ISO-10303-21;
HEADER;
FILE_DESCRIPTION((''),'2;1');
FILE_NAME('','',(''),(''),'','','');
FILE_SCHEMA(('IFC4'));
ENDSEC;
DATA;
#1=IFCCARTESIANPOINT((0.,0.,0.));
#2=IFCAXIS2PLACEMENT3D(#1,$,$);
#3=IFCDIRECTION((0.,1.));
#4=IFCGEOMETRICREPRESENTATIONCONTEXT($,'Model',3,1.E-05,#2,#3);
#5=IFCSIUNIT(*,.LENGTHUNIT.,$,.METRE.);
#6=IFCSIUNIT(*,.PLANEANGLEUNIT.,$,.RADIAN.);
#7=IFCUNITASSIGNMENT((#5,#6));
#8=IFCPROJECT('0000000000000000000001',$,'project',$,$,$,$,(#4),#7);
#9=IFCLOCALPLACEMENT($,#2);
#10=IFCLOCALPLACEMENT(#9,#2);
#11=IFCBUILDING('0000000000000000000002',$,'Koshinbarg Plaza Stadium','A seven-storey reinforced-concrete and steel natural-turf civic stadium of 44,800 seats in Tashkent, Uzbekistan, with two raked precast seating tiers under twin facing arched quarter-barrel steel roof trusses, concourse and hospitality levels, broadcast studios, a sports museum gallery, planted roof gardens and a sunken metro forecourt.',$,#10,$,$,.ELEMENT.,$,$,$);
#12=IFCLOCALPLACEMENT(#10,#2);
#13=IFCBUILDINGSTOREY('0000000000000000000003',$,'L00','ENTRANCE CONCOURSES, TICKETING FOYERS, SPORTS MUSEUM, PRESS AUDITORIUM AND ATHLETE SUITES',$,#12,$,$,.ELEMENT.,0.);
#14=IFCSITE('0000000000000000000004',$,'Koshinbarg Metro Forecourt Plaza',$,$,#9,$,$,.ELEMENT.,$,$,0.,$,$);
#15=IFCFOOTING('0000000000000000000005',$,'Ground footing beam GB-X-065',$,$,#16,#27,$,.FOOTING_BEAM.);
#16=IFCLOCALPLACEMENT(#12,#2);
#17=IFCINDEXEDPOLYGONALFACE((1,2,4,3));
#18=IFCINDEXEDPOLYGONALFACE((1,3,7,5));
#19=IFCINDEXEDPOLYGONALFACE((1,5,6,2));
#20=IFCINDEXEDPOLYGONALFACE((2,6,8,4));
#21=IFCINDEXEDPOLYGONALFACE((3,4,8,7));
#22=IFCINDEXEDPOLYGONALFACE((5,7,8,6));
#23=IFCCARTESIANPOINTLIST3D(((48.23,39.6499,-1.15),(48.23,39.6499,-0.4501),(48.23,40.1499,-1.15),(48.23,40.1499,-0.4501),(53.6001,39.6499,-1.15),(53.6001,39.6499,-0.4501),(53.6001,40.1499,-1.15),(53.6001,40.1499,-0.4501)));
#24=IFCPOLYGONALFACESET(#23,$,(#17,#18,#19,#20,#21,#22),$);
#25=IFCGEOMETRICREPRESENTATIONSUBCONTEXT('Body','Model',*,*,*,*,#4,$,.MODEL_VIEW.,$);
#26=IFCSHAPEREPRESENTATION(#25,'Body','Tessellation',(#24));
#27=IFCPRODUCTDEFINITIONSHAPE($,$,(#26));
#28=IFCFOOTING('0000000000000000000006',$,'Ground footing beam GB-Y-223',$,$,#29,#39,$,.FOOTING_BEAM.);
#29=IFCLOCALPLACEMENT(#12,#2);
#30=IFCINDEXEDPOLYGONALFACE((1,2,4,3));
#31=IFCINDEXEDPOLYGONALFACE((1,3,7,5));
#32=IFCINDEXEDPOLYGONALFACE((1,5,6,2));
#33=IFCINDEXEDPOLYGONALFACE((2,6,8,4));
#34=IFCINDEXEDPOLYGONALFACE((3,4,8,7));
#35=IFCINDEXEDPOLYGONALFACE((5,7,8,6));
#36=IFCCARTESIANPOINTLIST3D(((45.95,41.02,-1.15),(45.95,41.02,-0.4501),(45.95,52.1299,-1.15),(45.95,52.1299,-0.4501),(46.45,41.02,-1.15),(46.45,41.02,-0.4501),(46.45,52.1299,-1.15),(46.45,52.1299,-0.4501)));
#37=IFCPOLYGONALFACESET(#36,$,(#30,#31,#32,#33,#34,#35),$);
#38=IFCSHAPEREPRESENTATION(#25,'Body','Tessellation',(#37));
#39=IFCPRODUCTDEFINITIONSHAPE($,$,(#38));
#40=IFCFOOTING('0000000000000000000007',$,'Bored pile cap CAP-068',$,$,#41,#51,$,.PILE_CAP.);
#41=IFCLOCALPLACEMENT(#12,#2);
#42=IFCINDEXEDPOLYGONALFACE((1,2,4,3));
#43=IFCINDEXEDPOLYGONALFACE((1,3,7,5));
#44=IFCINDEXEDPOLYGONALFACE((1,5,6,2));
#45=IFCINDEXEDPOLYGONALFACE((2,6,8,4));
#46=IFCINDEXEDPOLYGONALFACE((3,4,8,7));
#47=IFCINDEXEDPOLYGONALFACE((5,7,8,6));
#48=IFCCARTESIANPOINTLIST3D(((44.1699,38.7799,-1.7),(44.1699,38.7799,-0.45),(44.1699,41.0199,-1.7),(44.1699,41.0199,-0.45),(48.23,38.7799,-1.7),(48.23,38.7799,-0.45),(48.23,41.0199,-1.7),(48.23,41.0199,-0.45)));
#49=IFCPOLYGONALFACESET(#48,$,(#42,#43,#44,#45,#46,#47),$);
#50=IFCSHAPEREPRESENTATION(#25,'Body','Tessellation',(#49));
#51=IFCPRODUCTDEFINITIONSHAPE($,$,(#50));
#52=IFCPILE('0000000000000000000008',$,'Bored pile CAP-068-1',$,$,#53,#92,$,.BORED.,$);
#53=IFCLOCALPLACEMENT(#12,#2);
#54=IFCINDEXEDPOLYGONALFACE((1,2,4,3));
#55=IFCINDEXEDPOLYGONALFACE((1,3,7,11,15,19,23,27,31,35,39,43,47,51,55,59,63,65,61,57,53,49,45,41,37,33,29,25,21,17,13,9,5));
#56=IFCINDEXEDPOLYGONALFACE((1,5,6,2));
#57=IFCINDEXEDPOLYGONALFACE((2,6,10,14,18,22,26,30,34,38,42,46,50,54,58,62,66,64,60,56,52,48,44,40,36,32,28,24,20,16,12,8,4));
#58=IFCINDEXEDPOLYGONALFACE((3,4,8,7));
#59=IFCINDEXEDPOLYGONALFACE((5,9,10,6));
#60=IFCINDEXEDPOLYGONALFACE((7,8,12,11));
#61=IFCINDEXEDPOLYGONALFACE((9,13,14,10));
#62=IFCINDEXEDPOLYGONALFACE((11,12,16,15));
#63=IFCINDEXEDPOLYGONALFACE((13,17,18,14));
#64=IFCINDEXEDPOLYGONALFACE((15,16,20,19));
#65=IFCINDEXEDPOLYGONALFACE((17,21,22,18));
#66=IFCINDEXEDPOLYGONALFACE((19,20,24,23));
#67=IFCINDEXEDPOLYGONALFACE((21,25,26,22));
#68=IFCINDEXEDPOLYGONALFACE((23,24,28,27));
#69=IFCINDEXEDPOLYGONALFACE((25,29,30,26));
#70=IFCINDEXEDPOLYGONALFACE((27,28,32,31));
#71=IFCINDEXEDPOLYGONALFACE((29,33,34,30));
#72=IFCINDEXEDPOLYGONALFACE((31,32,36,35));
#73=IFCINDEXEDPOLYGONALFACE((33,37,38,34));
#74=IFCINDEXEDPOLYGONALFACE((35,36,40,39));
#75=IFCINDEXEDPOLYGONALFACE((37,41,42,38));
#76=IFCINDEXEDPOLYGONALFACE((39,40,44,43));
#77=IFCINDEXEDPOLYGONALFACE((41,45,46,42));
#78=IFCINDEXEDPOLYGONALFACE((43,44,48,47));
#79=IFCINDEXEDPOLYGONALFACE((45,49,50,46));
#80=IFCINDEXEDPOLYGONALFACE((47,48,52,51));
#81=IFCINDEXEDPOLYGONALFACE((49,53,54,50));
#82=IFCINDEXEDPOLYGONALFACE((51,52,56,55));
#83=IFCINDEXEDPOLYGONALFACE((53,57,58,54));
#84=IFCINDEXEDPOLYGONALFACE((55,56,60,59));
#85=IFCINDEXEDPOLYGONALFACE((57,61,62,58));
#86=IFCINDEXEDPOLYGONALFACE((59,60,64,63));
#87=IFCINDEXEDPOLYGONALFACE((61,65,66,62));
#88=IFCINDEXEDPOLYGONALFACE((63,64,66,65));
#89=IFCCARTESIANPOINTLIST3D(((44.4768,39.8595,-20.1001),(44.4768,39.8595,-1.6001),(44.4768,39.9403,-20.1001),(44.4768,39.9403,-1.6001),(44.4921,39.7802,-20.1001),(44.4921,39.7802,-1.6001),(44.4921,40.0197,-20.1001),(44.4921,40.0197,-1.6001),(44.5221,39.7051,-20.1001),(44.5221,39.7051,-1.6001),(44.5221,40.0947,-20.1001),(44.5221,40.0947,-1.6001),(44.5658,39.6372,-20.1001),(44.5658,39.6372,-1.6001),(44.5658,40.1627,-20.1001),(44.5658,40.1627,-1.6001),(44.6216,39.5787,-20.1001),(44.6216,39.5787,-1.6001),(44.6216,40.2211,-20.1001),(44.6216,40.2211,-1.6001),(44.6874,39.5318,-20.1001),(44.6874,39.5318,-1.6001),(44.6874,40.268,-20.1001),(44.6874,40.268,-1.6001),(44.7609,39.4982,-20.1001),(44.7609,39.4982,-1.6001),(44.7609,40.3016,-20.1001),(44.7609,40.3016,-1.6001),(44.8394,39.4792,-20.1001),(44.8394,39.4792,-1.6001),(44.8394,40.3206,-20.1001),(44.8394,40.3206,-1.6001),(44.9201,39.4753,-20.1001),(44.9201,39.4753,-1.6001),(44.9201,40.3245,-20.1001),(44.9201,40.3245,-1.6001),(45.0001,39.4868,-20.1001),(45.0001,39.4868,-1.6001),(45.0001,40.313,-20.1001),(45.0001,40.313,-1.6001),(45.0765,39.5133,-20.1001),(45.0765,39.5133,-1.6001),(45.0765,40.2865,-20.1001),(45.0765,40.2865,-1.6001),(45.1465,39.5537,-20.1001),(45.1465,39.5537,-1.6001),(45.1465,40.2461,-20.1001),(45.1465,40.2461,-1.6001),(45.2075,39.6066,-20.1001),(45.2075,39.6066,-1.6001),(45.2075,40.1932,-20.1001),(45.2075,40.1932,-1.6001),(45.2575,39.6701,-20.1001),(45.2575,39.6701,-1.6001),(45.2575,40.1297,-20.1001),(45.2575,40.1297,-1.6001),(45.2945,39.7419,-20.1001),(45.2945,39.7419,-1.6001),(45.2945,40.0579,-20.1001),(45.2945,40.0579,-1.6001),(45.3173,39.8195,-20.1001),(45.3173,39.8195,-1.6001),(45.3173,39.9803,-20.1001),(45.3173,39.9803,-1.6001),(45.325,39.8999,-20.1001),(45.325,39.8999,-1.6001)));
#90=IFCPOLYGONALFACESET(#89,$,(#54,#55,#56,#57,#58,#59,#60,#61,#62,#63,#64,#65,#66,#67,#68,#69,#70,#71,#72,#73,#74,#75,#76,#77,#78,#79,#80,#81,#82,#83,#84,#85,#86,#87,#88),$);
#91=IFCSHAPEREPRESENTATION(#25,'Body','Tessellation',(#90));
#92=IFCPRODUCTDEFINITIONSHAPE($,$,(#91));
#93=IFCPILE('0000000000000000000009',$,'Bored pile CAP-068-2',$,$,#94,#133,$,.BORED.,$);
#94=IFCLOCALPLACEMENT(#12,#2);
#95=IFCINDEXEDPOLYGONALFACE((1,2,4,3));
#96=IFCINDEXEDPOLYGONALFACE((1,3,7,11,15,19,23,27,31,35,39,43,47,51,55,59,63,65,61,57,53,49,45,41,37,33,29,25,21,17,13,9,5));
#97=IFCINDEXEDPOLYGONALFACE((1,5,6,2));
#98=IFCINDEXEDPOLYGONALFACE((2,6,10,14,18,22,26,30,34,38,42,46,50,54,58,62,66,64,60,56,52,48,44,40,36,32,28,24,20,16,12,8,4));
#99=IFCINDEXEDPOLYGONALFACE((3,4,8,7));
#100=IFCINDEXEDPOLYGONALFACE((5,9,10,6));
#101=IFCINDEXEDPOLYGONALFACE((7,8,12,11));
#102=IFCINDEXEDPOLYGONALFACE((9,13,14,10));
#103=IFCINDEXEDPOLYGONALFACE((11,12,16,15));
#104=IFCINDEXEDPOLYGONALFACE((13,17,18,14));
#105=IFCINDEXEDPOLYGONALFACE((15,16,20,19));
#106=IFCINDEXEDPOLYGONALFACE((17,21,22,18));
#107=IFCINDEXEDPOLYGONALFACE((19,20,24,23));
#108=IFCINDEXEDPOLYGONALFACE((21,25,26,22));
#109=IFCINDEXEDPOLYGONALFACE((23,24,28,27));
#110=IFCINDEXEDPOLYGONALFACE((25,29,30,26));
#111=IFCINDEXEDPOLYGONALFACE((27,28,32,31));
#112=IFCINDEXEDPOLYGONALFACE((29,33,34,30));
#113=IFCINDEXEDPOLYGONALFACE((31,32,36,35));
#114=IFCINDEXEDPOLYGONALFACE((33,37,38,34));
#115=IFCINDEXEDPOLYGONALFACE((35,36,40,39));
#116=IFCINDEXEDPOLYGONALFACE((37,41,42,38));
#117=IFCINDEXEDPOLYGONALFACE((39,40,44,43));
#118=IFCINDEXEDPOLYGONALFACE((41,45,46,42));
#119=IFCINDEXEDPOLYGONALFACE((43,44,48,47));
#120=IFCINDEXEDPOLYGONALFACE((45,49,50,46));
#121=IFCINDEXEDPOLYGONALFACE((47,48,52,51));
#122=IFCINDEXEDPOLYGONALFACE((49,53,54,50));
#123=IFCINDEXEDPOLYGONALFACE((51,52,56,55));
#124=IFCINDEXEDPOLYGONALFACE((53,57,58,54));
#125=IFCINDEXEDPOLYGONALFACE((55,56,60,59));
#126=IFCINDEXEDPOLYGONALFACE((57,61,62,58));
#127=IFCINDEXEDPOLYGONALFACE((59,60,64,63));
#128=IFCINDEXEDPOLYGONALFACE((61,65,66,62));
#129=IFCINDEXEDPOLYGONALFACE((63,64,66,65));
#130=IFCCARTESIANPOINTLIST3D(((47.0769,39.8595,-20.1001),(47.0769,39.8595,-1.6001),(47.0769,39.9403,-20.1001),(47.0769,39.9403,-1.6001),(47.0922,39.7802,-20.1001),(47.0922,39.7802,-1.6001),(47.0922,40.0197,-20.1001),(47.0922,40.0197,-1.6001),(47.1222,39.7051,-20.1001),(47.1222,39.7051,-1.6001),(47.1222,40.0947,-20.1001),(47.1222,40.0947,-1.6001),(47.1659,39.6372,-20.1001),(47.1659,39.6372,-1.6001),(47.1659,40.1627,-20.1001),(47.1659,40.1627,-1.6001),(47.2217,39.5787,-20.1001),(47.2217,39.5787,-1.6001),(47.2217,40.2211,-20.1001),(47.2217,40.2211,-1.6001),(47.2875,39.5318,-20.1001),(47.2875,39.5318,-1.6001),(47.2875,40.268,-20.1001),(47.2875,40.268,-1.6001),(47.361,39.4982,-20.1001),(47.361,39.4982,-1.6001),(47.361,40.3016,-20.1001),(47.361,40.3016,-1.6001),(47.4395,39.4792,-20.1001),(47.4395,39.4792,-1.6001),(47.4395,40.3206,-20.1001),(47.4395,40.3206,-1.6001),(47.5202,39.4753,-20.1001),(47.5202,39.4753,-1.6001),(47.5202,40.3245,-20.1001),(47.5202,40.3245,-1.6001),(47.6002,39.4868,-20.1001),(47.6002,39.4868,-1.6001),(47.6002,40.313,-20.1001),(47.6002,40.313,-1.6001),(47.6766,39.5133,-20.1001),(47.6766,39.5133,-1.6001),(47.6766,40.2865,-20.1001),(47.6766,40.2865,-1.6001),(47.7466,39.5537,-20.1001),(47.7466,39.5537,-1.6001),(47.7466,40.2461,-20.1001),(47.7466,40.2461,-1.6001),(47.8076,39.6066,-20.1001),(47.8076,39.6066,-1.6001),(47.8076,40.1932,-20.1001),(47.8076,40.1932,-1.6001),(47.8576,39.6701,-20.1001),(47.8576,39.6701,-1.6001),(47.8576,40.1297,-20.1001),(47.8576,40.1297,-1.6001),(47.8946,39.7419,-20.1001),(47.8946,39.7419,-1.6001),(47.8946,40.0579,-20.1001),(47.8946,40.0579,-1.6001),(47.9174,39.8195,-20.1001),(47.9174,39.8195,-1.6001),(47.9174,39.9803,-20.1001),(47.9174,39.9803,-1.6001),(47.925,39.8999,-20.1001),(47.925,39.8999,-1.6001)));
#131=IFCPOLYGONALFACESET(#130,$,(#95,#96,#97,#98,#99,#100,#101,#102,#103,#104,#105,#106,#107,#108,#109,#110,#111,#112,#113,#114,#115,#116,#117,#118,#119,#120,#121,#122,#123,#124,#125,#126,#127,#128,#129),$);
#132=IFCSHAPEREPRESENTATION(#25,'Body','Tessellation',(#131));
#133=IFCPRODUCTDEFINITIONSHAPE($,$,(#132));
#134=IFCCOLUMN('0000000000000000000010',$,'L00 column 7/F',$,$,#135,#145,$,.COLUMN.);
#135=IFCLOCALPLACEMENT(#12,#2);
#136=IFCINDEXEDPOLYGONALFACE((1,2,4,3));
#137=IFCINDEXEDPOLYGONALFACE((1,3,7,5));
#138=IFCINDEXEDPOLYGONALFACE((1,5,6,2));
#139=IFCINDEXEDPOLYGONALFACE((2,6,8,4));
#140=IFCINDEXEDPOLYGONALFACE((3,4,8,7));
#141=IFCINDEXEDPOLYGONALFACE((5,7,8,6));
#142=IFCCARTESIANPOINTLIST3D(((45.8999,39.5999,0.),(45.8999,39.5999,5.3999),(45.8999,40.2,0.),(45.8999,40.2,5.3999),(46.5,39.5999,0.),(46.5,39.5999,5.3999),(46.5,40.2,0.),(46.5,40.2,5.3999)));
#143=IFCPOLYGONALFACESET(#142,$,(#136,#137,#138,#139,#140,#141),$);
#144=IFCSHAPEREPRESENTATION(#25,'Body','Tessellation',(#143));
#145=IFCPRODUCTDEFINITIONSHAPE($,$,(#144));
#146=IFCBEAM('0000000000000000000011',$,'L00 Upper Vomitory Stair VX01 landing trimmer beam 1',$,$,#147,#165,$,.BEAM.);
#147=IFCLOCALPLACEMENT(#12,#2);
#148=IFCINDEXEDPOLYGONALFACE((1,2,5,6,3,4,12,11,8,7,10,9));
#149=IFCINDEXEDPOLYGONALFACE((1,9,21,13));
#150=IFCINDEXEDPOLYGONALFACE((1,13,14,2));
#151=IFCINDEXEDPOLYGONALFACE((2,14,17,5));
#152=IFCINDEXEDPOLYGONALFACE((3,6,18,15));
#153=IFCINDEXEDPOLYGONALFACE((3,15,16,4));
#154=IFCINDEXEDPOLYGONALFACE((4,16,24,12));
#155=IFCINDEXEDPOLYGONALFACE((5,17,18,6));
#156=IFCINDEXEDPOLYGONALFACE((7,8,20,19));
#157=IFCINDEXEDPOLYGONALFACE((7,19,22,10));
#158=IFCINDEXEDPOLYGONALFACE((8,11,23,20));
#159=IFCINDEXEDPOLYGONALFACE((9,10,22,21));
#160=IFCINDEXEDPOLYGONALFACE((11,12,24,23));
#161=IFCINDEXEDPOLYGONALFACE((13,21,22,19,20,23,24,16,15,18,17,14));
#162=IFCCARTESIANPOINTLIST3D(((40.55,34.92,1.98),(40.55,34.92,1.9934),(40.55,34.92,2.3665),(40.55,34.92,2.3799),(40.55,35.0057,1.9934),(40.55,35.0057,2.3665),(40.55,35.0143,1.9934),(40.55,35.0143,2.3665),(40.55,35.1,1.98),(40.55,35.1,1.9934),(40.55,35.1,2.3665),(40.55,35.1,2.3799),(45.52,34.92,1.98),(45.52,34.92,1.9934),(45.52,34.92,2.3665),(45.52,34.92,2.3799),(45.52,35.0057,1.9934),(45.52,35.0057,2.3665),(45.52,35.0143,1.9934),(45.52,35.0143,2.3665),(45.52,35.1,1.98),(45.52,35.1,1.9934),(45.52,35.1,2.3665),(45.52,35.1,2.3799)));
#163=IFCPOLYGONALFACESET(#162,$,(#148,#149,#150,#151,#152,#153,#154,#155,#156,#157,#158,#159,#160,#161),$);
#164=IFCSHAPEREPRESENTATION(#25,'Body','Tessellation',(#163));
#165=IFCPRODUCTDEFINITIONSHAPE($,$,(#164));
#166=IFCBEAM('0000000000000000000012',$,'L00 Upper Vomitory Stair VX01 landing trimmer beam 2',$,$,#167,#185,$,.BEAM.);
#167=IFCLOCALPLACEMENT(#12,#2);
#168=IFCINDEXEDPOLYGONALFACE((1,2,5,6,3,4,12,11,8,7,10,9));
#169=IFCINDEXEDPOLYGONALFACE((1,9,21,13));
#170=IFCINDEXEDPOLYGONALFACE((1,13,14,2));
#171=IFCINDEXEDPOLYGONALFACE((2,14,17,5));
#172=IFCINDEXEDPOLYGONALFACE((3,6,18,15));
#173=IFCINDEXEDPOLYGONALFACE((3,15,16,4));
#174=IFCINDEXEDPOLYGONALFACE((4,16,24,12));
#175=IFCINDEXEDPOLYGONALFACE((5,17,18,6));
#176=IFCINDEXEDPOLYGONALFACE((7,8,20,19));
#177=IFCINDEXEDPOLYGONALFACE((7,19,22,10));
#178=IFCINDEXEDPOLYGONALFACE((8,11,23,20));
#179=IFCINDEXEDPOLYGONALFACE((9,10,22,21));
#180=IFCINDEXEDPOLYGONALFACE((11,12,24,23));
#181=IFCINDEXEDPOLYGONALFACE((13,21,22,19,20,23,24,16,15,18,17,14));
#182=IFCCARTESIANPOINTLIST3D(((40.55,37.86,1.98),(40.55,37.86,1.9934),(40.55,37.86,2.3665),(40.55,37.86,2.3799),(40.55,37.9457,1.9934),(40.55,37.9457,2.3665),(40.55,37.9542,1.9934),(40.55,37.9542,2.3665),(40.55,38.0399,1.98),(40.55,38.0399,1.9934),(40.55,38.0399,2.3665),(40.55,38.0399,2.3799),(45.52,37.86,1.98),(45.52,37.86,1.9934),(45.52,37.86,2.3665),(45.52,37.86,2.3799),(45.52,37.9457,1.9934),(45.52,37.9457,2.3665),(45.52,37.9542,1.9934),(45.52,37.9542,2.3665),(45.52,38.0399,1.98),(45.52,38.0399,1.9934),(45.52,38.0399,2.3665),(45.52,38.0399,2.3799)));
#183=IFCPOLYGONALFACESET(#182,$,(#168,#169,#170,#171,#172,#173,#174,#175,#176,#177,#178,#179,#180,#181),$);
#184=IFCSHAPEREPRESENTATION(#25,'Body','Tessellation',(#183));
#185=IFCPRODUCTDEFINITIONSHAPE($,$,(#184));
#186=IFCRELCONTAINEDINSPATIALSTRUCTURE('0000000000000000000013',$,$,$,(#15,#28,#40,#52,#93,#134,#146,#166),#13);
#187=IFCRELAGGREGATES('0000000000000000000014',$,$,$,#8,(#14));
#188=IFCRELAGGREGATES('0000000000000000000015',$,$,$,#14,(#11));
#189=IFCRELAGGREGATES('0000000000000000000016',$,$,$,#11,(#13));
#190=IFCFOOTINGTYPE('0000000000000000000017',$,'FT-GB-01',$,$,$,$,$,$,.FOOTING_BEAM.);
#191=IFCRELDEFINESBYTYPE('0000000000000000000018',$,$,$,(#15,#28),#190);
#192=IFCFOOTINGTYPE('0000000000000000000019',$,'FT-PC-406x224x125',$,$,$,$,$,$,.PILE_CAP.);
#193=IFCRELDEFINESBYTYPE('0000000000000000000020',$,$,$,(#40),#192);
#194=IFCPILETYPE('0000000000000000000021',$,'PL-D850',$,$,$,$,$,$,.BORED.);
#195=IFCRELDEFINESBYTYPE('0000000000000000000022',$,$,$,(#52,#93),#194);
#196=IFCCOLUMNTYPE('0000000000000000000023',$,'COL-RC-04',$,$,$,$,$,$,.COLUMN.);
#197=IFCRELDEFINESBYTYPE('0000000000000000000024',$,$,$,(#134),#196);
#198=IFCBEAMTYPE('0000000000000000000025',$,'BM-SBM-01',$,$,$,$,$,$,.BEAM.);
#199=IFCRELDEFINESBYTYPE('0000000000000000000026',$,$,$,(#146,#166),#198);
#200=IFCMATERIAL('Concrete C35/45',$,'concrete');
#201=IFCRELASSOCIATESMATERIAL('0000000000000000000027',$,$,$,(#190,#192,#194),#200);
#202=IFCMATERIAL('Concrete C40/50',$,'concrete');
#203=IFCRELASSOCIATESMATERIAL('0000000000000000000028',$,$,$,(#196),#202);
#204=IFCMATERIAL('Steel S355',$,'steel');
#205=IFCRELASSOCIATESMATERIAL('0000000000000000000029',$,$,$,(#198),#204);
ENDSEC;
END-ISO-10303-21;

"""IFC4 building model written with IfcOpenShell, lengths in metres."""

from ifc_helpers import new_model, si_unit, direction, frame, origin, origin_2d, place, context, subcontext, project, spatial, rectangle, circle, i_section, extrude, material, material_profile, profile_set, type_object, element, save


model = new_model("IFC4")

# Units and contexts
model_context = context("Model", 3, precision=1e-05, world=origin(), true_north=direction((0.0, 1.0)))
body_context = subcontext(model_context, "Body", "Model", "MODEL_VIEW")
ifc_project = project(units=[si_unit("LENGTHUNIT", "METRE"), si_unit("PLANEANGLEUNIT", "RADIAN")], contexts=[model_context])

# Site, building, storey
site_placement = place(None, origin())
site = spatial("IfcSite", under=ifc_project, at=site_placement, Name="Koshinbarg Metro Forecourt Plaza", CompositionType="ELEMENT", RefElevation=0.0)
building_placement = place(site_placement, origin())
building = spatial("IfcBuilding", under=site, at=building_placement, Name="Koshinbarg Plaza Stadium", Description="A seven-storey reinforced-concrete and steel natural-turf civic stadium of 44,800 seats in Tashkent, Uzbekistan, with two raked precast seating tiers under twin facing arched quarter-barrel steel roof trusses, concourse and hospitality levels, broadcast studios, a sports museum gallery, planted roof gardens and a sunken metro forecourt.", CompositionType="ELEMENT")
storey_placement = place(building_placement, origin())
storey = spatial("IfcBuildingStorey", under=building, at=storey_placement, Name="L00", Description="ENTRANCE CONCOURSES, TICKETING FOYERS, SPORTS MUSEUM, PRESS AUDITORIUM AND ATHLETE SUITES", CompositionType="ELEMENT", Elevation=0.0)

# Footings
ifc_material_1 = material(Name="Concrete C35/45", Category="concrete")
ifc_material_profile_1 = material_profile(ifc_material_1, rectangle(XDim=0.5, YDim=0.7, at=origin_2d()), Name="GB 500x700")
ifc_profile_set_1 = profile_set([ifc_material_profile_1], Name="Concrete C35/45")
footing_type_1 = type_object("IfcFootingType", Name="FT-GB-01", PredefinedType="FOOTING_BEAM", material=ifc_profile_set_1)
footing_1_placement = place(storey_placement, frame((48.23, 39.8999, -0.8), z_axis=(1.0, 0.0, 0.0), x_axis=(0.0, 1.0, 0.0)))
element("IfcFooting", 1, at=footing_1_placement, inside=storey, type_object=footing_type_1, Name="Ground footing beam GB-X-065", PredefinedType="FOOTING_BEAM", context=body_context, shape_type="SweptSolid", body=[
    extrude(rectangle(XDim=0.5, YDim=0.7, at=origin_2d()), origin(), (0.0, 0.0, 1.0), 5.3701),
])
footing_2_placement = place(storey_placement, frame((46.2, 41.02, -0.8), z_axis=(0.0, 1.0, 0.0), x_axis=(-1.0, 0.0, 0.0)))
element("IfcFooting", 2, at=footing_2_placement, inside=storey, type_object=footing_type_1, Name="Ground footing beam GB-Y-223", PredefinedType="FOOTING_BEAM", context=body_context, shape_type="SweptSolid", body=[
    extrude(rectangle(XDim=0.5, YDim=0.7, at=origin_2d()), origin(), (0.0, 0.0, 1.0), 11.1099),
])
footing_type_2 = type_object("IfcFootingType", Name="FT-PC-406x224x125", PredefinedType="PILE_CAP", material=ifc_material_1)
footing_3_placement = place(storey_placement, frame((46.2, 39.8999, -1.7), z_axis=(0.0, 0.0, 1.0), x_axis=(1.0, 0.0, 0.0)))
element("IfcFooting", 3, at=footing_3_placement, inside=storey, type_object=footing_type_2, Name="Bored pile cap CAP-068", PredefinedType="PILE_CAP", context=body_context, shape_type="SweptSolid", body=[
    extrude(rectangle(XDim=4.0601, YDim=2.24, at=origin_2d()), origin(), (0.0, 0.0, 1.0), 1.25),
])

# Piles
ifc_material_profile_2 = material_profile(ifc_material_1, circle(Radius=0.425, at=origin_2d()), Name="PILE D850")
ifc_profile_set_2 = profile_set([ifc_material_profile_2], Name="Concrete C35/45")
pile_type = type_object("IfcPileType", Name="PL-D850", PredefinedType="BORED", material=ifc_profile_set_2)
for number, where, z_axis, x_axis, name in (
    (4, (44.8999, 39.8999, -1.6001), (0.0, 0.0, -1.0), (1.0, 0.0, 0.0), "Bored pile CAP-068-1"),
    (5, (47.5, 39.8999, -1.6001), (0.0, 0.0, -1.0), (1.0, 0.0, 0.0), "Bored pile CAP-068-2"),
):
    element("IfcPile", number, at=place(storey_placement, frame(where, z_axis=z_axis, x_axis=x_axis)), inside=storey, type_object=pile_type, Name=name, PredefinedType="BORED", context=body_context, shape_type="SweptSolid", body=[
        extrude(circle(Radius=0.425, at=origin_2d()), origin(), (0.0, 0.0, 1.0), 18.5),
    ])

# Column
ifc_material_2 = material(Name="Concrete C40/50", Category="concrete")
ifc_material_profile_3 = material_profile(ifc_material_2, rectangle(XDim=0.6001, YDim=0.6001, at=origin_2d()), Name="RC 600x600")
ifc_profile_set_3 = profile_set([ifc_material_profile_3], Name="Concrete C40/50")
column_type = type_object("IfcColumnType", Name="COL-RC-04", PredefinedType="COLUMN", material=ifc_profile_set_3)
column_placement = place(storey_placement, frame((46.2, 39.8999, 0.0), z_axis=(0.0, 0.0, 1.0), x_axis=(1.0, 0.0, 0.0)))
element("IfcColumn", 6, at=column_placement, inside=storey, type_object=column_type, Name="L00 column 7/F", PredefinedType="COLUMN", context=body_context, shape_type="SweptSolid", body=[
    extrude(rectangle(XDim=0.6001, YDim=0.6001, at=origin_2d()), origin(), (0.0, 0.0, 1.0), 5.3999),
])

# Beams
ifc_material_3 = material(Name="Steel S355", Category="steel")
ifc_material_profile_4 = material_profile(ifc_material_3, i_section(OverallWidth=0.1799, OverallDepth=0.3999, WebThickness=0.0085, FlangeThickness=0.0134, at=origin_2d()), Name="IPE 400")
ifc_profile_set_4 = profile_set([ifc_material_profile_4], Name="Steel S355")
beam_type = type_object("IfcBeamType", Name="BM-SBM-01", PredefinedType="BEAM", material=ifc_profile_set_4)
for number, where, z_axis, x_axis, name in (
    (7, (40.55, 35.01, 2.1799), (1.0, 0.0, 0.0), (0.0, 1.0, 0.0), "L00 Upper Vomitory Stair VX01 landing trimmer beam 1"),
    (8, (40.55, 37.95, 2.1799), (1.0, 0.0, 0.0), (0.0, 1.0, 0.0), "L00 Upper Vomitory Stair VX01 landing trimmer beam 2"),
):
    element("IfcBeam", number, at=place(storey_placement, frame(where, z_axis=z_axis, x_axis=x_axis)), inside=storey, type_object=beam_type, Name=name, PredefinedType="BEAM", context=body_context, shape_type="SweptSolid", body=[
        extrude(i_section(OverallWidth=0.1799, OverallDepth=0.3999, WebThickness=0.0085, FlangeThickness=0.0134, at=origin_2d()), origin(), (0.0, 0.0, 1.0), 4.97),
    ])

save(model, "model.ifc")
